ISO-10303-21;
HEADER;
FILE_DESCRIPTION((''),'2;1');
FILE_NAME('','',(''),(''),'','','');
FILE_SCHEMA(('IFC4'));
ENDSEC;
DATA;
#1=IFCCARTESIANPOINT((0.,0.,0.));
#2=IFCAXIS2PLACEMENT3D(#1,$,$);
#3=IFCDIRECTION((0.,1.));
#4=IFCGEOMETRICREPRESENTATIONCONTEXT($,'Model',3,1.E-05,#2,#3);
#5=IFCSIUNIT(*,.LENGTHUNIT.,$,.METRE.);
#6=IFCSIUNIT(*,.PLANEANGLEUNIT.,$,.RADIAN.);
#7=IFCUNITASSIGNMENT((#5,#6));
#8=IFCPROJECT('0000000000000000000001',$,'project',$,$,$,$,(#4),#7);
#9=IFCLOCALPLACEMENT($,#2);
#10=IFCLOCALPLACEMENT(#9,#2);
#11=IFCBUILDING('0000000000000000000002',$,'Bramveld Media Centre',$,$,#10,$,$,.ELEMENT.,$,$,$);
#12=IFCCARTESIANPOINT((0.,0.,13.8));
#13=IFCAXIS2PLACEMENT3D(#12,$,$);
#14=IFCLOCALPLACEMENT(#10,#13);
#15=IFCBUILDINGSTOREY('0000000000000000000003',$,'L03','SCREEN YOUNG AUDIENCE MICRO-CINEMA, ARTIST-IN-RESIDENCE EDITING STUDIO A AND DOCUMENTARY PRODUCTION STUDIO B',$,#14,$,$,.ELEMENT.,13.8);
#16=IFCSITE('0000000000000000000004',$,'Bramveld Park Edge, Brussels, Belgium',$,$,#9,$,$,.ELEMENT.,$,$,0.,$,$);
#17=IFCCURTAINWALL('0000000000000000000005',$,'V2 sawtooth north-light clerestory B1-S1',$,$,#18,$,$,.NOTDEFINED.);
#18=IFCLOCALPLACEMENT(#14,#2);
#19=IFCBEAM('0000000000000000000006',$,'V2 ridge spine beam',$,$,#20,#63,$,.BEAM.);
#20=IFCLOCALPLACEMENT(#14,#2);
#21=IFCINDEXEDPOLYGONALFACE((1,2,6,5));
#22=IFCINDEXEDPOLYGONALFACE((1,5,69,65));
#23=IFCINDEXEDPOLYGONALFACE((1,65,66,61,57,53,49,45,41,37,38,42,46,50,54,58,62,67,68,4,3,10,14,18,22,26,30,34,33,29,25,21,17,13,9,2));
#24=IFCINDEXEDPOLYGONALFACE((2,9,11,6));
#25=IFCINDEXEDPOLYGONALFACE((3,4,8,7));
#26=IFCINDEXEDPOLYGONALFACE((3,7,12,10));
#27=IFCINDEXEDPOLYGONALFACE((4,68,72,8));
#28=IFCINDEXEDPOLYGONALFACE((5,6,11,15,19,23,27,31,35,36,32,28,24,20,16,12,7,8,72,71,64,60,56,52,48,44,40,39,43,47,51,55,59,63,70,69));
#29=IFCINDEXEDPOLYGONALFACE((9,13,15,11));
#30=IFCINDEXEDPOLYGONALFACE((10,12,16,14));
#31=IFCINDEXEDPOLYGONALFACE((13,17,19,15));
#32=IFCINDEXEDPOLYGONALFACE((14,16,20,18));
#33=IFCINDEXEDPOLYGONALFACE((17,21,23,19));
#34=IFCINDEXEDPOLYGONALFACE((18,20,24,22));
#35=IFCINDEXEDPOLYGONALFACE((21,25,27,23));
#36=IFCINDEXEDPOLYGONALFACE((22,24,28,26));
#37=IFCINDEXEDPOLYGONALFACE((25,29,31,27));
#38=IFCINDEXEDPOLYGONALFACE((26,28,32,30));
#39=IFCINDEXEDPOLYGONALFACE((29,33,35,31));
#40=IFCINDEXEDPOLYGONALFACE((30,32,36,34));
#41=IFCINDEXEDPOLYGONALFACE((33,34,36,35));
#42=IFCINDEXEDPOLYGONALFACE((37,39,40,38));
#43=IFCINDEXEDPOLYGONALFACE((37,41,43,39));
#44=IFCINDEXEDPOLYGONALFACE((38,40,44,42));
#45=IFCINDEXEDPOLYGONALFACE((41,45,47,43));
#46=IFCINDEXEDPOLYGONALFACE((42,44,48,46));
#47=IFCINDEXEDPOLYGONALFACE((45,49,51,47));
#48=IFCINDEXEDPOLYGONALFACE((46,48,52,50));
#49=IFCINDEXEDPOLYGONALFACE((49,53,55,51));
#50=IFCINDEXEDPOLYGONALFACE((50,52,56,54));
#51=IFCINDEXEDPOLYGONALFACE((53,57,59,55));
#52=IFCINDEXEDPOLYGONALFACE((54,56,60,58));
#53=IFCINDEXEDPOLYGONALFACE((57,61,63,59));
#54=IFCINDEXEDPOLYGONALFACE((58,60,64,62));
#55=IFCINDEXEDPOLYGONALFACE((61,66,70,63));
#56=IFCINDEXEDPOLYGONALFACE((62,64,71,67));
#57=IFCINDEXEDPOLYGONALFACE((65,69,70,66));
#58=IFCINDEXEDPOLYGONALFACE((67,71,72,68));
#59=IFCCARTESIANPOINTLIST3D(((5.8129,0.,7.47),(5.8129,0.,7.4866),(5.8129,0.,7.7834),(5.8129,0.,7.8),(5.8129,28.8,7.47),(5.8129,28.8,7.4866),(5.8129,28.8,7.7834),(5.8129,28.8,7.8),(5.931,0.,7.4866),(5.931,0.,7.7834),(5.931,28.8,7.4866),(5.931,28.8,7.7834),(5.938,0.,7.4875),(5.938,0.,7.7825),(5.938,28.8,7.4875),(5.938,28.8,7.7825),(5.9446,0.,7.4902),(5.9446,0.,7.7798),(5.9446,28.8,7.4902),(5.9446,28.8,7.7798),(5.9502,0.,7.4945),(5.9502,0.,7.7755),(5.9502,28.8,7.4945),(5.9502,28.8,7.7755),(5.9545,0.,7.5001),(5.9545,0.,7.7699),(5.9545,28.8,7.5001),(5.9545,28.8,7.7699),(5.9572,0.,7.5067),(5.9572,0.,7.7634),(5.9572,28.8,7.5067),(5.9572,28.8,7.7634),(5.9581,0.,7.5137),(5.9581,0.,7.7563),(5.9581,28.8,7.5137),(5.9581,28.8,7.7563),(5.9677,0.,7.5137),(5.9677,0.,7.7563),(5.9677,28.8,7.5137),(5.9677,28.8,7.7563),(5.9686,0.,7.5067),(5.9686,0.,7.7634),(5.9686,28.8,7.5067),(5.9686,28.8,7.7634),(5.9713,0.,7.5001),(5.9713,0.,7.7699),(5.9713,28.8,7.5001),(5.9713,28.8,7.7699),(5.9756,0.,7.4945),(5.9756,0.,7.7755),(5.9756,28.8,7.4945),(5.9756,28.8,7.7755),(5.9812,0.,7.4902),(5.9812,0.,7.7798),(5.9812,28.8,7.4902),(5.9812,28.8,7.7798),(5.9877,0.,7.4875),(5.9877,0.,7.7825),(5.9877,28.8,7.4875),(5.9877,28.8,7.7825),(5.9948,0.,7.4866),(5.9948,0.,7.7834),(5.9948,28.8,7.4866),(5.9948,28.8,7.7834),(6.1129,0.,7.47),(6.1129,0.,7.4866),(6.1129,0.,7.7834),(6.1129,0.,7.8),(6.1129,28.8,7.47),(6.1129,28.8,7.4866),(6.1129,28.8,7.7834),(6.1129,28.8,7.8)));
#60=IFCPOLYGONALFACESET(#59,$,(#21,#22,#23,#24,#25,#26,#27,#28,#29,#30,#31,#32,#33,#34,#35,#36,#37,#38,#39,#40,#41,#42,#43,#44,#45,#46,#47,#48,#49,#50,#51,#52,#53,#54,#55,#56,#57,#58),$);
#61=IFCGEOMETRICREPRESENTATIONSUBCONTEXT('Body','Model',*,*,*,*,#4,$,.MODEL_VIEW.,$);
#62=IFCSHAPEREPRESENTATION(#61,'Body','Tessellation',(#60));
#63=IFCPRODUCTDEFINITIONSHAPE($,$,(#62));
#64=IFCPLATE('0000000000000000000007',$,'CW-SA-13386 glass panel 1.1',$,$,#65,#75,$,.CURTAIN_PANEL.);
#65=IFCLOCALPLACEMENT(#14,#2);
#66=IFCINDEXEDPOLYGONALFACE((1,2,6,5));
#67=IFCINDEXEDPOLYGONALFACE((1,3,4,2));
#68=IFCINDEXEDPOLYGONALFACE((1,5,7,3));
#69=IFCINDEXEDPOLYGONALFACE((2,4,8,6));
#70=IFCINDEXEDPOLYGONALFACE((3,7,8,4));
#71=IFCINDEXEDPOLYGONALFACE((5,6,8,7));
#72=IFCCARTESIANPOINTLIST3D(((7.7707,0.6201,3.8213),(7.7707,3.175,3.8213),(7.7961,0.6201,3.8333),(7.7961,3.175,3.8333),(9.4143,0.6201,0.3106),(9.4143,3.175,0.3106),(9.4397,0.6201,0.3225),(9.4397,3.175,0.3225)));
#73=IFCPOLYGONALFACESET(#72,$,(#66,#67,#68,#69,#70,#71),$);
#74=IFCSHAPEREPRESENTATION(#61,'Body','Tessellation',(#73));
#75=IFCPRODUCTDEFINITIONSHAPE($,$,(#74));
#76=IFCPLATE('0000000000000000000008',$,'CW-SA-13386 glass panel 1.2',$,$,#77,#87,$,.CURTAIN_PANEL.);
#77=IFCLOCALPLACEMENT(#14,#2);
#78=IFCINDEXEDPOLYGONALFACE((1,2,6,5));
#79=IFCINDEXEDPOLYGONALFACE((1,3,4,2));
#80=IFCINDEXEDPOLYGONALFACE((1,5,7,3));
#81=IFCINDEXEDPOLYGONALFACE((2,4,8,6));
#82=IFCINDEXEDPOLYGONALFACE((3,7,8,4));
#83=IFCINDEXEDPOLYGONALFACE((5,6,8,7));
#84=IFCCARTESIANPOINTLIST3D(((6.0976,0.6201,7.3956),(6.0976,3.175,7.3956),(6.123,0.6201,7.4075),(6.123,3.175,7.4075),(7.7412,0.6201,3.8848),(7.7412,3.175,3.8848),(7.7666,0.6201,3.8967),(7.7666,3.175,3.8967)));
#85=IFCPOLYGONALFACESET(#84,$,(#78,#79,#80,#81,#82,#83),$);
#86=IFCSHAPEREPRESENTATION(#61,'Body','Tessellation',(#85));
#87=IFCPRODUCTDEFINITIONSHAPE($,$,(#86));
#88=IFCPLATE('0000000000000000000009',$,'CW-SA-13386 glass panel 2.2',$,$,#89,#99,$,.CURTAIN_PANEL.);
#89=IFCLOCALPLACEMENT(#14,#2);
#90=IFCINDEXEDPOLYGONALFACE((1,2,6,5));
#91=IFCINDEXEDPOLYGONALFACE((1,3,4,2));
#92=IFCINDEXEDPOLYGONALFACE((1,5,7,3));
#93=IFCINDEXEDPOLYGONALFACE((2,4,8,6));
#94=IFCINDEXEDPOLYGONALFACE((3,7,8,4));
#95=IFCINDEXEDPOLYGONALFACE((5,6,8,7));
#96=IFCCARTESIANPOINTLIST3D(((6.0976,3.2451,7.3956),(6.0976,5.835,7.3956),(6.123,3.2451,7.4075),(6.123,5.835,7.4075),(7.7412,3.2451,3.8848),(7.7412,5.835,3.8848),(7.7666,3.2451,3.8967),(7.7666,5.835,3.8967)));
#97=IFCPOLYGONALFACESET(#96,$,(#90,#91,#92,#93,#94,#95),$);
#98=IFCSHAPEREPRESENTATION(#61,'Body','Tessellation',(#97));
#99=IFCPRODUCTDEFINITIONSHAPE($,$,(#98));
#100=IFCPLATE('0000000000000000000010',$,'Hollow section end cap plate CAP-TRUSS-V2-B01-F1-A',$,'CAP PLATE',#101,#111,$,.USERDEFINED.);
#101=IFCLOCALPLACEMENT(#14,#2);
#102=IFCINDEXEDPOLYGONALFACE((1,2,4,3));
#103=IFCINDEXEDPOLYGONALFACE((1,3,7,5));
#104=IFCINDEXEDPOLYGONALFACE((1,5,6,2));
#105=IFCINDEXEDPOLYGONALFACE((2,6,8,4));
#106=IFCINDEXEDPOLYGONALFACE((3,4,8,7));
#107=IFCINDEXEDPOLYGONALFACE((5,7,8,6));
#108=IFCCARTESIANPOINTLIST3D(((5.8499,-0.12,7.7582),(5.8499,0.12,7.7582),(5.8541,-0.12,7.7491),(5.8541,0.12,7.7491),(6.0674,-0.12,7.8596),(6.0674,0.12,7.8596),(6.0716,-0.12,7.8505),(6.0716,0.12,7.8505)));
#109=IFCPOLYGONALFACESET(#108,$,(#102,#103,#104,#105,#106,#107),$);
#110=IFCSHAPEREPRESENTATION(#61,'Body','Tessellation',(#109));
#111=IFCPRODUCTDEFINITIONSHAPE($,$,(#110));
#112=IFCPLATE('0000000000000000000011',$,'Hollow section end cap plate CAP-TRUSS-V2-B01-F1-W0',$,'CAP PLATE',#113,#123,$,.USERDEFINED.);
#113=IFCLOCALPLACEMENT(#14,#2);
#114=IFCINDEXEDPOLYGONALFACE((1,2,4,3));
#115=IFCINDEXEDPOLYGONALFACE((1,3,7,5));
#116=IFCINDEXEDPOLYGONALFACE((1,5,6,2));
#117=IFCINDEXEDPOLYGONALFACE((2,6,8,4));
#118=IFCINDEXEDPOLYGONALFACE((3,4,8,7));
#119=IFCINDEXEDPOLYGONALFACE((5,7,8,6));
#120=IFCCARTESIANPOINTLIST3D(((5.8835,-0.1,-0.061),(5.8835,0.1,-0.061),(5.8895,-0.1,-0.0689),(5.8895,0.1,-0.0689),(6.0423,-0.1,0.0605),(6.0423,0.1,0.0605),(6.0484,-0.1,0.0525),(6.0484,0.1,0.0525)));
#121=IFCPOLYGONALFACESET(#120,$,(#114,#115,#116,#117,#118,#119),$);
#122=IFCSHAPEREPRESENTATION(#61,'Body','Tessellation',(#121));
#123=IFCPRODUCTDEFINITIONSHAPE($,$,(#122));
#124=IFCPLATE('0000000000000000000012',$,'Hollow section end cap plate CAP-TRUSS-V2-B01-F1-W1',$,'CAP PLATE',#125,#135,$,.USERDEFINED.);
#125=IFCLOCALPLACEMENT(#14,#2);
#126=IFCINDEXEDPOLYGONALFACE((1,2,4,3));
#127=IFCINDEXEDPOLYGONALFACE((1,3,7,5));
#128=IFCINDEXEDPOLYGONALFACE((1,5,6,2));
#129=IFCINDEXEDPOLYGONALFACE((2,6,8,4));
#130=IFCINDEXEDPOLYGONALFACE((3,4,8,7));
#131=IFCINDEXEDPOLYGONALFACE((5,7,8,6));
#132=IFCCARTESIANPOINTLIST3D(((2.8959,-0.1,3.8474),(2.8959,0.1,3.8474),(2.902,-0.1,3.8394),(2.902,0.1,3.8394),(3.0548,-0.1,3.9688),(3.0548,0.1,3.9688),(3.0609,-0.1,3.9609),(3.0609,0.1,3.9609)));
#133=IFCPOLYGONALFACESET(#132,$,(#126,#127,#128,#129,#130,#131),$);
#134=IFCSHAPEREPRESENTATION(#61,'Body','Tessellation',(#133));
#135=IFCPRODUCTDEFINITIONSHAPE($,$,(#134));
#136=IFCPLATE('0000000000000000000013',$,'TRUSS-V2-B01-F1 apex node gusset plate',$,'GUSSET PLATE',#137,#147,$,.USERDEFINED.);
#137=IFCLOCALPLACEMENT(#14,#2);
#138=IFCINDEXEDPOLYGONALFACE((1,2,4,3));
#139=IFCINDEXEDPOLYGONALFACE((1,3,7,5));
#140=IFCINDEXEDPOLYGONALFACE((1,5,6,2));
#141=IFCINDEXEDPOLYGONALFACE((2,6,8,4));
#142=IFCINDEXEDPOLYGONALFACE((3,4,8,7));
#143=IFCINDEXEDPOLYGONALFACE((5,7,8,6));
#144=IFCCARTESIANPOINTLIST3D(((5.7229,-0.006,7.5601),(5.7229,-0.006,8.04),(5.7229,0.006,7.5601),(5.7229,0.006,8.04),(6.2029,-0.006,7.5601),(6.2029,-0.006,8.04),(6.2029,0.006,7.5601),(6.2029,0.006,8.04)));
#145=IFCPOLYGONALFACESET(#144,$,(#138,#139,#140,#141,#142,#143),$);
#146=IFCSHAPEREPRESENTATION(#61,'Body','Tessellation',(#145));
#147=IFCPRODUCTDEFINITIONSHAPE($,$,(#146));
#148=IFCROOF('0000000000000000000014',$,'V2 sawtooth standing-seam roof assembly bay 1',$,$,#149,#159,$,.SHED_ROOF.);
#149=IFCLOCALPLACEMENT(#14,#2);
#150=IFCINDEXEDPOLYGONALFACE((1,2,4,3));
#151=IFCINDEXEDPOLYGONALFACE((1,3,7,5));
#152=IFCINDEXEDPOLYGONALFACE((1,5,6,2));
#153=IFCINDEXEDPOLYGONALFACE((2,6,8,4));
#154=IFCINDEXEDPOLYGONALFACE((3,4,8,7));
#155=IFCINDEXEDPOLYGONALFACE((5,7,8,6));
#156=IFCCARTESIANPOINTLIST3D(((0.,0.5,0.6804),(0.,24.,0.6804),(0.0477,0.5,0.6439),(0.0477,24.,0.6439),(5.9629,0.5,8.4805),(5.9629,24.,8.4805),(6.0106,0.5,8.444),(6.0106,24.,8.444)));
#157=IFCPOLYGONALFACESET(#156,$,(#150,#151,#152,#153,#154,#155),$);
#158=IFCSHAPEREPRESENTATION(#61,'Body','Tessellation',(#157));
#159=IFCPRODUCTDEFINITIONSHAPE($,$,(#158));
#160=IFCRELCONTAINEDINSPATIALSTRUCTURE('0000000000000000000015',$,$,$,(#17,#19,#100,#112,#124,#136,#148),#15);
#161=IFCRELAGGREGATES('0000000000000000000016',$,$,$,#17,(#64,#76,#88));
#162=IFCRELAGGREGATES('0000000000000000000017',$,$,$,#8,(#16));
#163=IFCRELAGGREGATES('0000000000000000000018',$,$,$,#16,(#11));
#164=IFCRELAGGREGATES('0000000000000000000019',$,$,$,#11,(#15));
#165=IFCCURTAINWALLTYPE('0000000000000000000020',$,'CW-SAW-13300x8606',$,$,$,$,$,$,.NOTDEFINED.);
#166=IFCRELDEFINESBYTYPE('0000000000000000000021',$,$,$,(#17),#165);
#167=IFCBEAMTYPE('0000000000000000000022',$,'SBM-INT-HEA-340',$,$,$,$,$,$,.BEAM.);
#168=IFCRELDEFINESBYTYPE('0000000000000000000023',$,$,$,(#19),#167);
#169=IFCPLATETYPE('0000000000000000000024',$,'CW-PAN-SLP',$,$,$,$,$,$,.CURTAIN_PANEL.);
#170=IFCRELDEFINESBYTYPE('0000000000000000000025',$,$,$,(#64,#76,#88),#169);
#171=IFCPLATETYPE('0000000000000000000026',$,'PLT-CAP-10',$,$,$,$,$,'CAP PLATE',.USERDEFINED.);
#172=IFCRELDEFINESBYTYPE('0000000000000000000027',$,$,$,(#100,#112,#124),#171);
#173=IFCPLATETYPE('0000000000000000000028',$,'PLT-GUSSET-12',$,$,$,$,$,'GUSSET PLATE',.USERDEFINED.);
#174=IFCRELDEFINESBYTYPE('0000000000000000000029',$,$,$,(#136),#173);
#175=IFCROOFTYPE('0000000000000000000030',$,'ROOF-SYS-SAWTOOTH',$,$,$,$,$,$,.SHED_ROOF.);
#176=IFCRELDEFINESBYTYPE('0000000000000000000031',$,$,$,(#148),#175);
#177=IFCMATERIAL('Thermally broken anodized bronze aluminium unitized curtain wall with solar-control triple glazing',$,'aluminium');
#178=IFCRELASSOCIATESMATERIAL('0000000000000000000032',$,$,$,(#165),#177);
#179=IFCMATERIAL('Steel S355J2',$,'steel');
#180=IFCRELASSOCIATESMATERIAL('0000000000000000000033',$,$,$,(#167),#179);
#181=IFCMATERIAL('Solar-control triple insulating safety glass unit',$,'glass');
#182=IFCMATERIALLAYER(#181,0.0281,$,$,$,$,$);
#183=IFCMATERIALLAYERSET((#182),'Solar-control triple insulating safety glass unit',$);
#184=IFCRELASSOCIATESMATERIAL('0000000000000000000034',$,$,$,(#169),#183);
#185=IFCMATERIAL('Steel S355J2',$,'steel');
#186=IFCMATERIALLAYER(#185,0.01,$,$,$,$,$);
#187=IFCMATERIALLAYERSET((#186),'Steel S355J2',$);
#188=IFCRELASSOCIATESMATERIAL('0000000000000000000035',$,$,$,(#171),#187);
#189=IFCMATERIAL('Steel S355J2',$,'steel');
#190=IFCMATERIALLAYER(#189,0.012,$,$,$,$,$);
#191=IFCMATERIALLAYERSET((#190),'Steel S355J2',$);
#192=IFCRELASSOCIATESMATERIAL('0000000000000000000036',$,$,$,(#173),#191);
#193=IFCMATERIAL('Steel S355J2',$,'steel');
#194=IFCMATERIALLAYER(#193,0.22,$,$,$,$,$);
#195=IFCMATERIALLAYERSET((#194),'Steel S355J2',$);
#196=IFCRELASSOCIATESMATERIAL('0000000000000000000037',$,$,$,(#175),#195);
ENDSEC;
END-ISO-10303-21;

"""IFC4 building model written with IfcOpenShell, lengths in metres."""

from ifc_helpers import new_model, si_unit, direction, frame, origin, origin_2d, place, context, subcontext, project, spatial, polyline, rectangle, i_section, outline, extrude, material, layer, layer_set, material_profile, profile_set, type_object, element, aggregate, save


model = new_model("IFC4")

# Units and contexts
model_context = context("Model", 3, precision=1e-05, world=origin(), true_north=direction((0.0, 1.0)))
body_context = subcontext(model_context, "Body", "Model", "MODEL_VIEW")
ifc_project = project(units=[si_unit("LENGTHUNIT", "METRE"), si_unit("PLANEANGLEUNIT", "RADIAN")], contexts=[model_context])

# Site, building, storey
site_placement = place(None, origin())
site = spatial("IfcSite", under=ifc_project, at=site_placement, Name="Bramveld Park Edge, Brussels, Belgium", CompositionType="ELEMENT", RefElevation=0.0)
building_placement = place(site_placement, origin())
building = spatial("IfcBuilding", under=site, at=building_placement, Name="Bramveld Media Centre", CompositionType="ELEMENT")
storey_placement = place(building_placement, frame((0.0, 0.0, 13.8)))
storey = spatial("IfcBuildingStorey", under=building, at=storey_placement, Name="L03", Description="SCREEN YOUNG AUDIENCE MICRO-CINEMA, ARTIST-IN-RESIDENCE EDITING STUDIO A AND DOCUMENTARY PRODUCTION STUDIO B", CompositionType="ELEMENT", Elevation=13.8)

# Curtain wall
ifc_material_1 = material(Name="Thermally broken anodized bronze aluminium unitized curtain wall with solar-control triple glazing", Category="aluminium")
curtain_wall_type = type_object("IfcCurtainWallType", Name="CW-SAW-13300x8606", PredefinedType="NOTDEFINED", material=ifc_material_1)
curtain_wall_placement = place(storey_placement, origin())
curtain_wall = element("IfcCurtainWall", 1, at=curtain_wall_placement, inside=storey, type_object=curtain_wall_type, Name="V2 sawtooth north-light clerestory B1-S1", PredefinedType="NOTDEFINED")

# Beam
ifc_material_2 = material(Name="Steel S355J2", Category="steel")
ifc_material_profile_1 = material_profile(ifc_material_2, i_section(OverallWidth=0.3, OverallDepth=0.3301, WebThickness=0.0095, FlangeThickness=0.0166, FilletRadius=0.0271, at=origin_2d()), Name="HEA 340")
ifc_profile_set_1 = profile_set([ifc_material_profile_1], Name="Steel S355J2")
beam_type_1 = type_object("IfcBeamType", Name="SBM-INT-HEA-340", PredefinedType="BEAM", material=ifc_profile_set_1)
beam_1_placement = place(storey_placement, frame((5.9629, 0.0, 7.635), z_axis=(0.0, 1.0, 0.0), x_axis=(-1.0, 0.0, 0.0)))
element("IfcBeam", 2, at=beam_1_placement, inside=storey, type_object=beam_type_1, Name="V2 ridge spine beam", PredefinedType="BEAM", context=body_context, shape_type="SweptSolid", body=[
    extrude(i_section(OverallWidth=0.3, OverallDepth=0.3301, WebThickness=0.0095, FlangeThickness=0.0166, FilletRadius=0.0271, at=origin_2d()), origin(), (0.0, 0.0, 1.0), 28.8),
])

# Plates
ifc_material_3 = material(Name="Solar-control triple insulating safety glass unit", Category="glass")
ifc_layer_1 = layer(ifc_material_3, 0.0281)
ifc_layer_set_1 = layer_set([ifc_layer_1], Name="Solar-control triple insulating safety glass unit")
plate_type_1 = type_object("IfcPlateType", Name="CW-PAN-SLP", PredefinedType="CURTAIN_PANEL", material=ifc_layer_set_1)
plate_1_placement = place(storey_placement, frame((9.4397, 0.6201, 0.3225), z_axis=(0.905668, 0.0, 0.423988), x_axis=(0.0, 1.0, 0.0)))
plate_1 = element("IfcPlate", 3, at=plate_1_placement, type_object=plate_type_1, Name="CW-SA-13386 glass panel 1.1", PredefinedType="CURTAIN_PANEL", context=body_context, shape_type="SweptSolid", body=[
    extrude(outline(polyline([(0.0, 0.0), (2.5549, 0.0), (2.5549, 3.8764), (0.0, 3.8764), (0.0, 0.0)])), origin(), (0.0, 0.0, -1.0), 0.0281),
])
plate_2_placement = place(storey_placement, frame((7.7666, 0.6201, 3.8967), z_axis=(0.905668, 0.0, 0.423988), x_axis=(0.0, 1.0, 0.0)))
plate_2 = element("IfcPlate", 4, at=plate_2_placement, type_object=plate_type_1, Name="CW-SA-13386 glass panel 1.2", PredefinedType="CURTAIN_PANEL", context=body_context, shape_type="SweptSolid", body=[
    extrude(outline(polyline([(0.0, 0.0), (2.5549, 0.0), (2.5549, 3.8764), (0.0, 3.8764), (0.0, 0.0)])), origin(), (0.0, 0.0, -1.0), 0.0281),
])
plate_3_placement = place(storey_placement, frame((7.7666, 3.2451, 3.8967), z_axis=(0.905668, 0.0, 0.423988), x_axis=(0.0, 1.0, 0.0)))
plate_3 = element("IfcPlate", 5, at=plate_3_placement, type_object=plate_type_1, Name="CW-SA-13386 glass panel 2.2", PredefinedType="CURTAIN_PANEL", context=body_context, shape_type="SweptSolid", body=[
    extrude(outline(polyline([(0.0, 0.0), (2.5898, 0.0), (2.5898, 3.8764), (0.0, 3.8764), (0.0, 0.0)])), origin(), (0.0, 0.0, -1.0), 0.0281),
])
aggregate(curtain_wall, [plate_1, plate_2, plate_3])

# Plates
ifc_material_4 = material(Name="Steel S355J2", Category="steel")
ifc_layer_2 = layer(ifc_material_4, 0.01)
ifc_layer_set_2 = layer_set([ifc_layer_2], Name="Steel S355J2")
plate_type_2 = type_object("IfcPlateType", Name="PLT-CAP-10", ElementType="CAP PLATE", PredefinedType="USERDEFINED", material=ifc_layer_set_2)
plate_4_placement = place(storey_placement, frame((5.9629, 0.0, 7.7998), z_axis=(-0.422618, 0.0, 0.906308), x_axis=(0.0, -1.0, 0.0)))
element("IfcPlate", 6, at=plate_4_placement, inside=storey, type_object=plate_type_2, Name="Hollow section end cap plate CAP-TRUSS-V2-B01-F1-A", ObjectType="CAP PLATE", PredefinedType="USERDEFINED", context=body_context, shape_type="SweptSolid", body=[
    extrude(rectangle(XDim=0.24, YDim=0.24, at=origin_2d()), origin(), (0.0, 0.0, 1.0), 0.01),
])
for number, where, z_axis, x_axis, name in (
    (7, (5.9629, 0.0, -0.0002), (0.607328, 0.0, -0.794451), (0.0, 1.0, 0.0), "Hollow section end cap plate CAP-TRUSS-V2-B01-F1-W0"),
    (8, (2.9814, 0.0, 3.9001), (-0.607328, 0.0, 0.794451), (0.0, -1.0, 0.0), "Hollow section end cap plate CAP-TRUSS-V2-B01-F1-W1"),
):
    element("IfcPlate", number, at=place(storey_placement, frame(where, z_axis=z_axis, x_axis=x_axis)), inside=storey, type_object=plate_type_2, Name=name, ObjectType="CAP PLATE", PredefinedType="USERDEFINED", context=body_context, shape_type="SweptSolid", body=[
        extrude(rectangle(XDim=0.2, YDim=0.2, at=origin_2d()), origin(), (0.0, 0.0, 1.0), 0.01),
    ])
ifc_material_5 = material(Name="Steel S355J2", Category="steel")
ifc_layer_3 = layer(ifc_material_5, 0.012)
ifc_layer_set_3 = layer_set([ifc_layer_3], Name="Steel S355J2")
plate_type_3 = type_object("IfcPlateType", Name="PLT-GUSSET-12", ElementType="GUSSET PLATE", PredefinedType="USERDEFINED", material=ifc_layer_set_3)
plate_5_placement = place(storey_placement, frame((5.9629, 0.0, 7.5601), z_axis=(0.0, 0.0, 1.0), x_axis=(1.0, 0.0, 0.0)))
element("IfcPlate", 9, at=plate_5_placement, inside=storey, type_object=plate_type_3, Name="TRUSS-V2-B01-F1 apex node gusset plate", ObjectType="GUSSET PLATE", PredefinedType="USERDEFINED", context=body_context, shape_type="SweptSolid", body=[
    extrude(rectangle(XDim=0.48, YDim=0.012, at=origin_2d()), origin(), (0.0, 0.0, 1.0), 0.48),
])

# Roof
ifc_material_6 = material(Name="Steel S355J2", Category="steel")
ifc_layer_4 = layer(ifc_material_6, 0.22)
ifc_layer_set_4 = layer_set([ifc_layer_4], Name="Steel S355J2")
roof_type = type_object("IfcRoofType", Name="ROOF-SYS-SAWTOOTH", PredefinedType="SHED_ROOF", material=ifc_layer_set_4)
roof_placement = place(storey_placement, frame((0.0, 0.5, 0.6804), z_axis=(-0.794449, 0.0, 0.607331), x_axis=(0.607331, 0.0, 0.794449)))
element("IfcRoof", 10, at=roof_placement, inside=storey, type_object=roof_type, Name="V2 sawtooth standing-seam roof assembly bay 1", PredefinedType="SHED_ROOF", context=body_context, shape_type="SweptSolid", body=[
    extrude(outline(polyline([(0.0, 0.0), (9.8182, 0.0), (9.8182, 23.5), (0.0, 23.5), (0.0, 0.0)])), origin(), (0.0, 0.0, -1.0), 0.0601),
])

save(model, "model.ifc")
